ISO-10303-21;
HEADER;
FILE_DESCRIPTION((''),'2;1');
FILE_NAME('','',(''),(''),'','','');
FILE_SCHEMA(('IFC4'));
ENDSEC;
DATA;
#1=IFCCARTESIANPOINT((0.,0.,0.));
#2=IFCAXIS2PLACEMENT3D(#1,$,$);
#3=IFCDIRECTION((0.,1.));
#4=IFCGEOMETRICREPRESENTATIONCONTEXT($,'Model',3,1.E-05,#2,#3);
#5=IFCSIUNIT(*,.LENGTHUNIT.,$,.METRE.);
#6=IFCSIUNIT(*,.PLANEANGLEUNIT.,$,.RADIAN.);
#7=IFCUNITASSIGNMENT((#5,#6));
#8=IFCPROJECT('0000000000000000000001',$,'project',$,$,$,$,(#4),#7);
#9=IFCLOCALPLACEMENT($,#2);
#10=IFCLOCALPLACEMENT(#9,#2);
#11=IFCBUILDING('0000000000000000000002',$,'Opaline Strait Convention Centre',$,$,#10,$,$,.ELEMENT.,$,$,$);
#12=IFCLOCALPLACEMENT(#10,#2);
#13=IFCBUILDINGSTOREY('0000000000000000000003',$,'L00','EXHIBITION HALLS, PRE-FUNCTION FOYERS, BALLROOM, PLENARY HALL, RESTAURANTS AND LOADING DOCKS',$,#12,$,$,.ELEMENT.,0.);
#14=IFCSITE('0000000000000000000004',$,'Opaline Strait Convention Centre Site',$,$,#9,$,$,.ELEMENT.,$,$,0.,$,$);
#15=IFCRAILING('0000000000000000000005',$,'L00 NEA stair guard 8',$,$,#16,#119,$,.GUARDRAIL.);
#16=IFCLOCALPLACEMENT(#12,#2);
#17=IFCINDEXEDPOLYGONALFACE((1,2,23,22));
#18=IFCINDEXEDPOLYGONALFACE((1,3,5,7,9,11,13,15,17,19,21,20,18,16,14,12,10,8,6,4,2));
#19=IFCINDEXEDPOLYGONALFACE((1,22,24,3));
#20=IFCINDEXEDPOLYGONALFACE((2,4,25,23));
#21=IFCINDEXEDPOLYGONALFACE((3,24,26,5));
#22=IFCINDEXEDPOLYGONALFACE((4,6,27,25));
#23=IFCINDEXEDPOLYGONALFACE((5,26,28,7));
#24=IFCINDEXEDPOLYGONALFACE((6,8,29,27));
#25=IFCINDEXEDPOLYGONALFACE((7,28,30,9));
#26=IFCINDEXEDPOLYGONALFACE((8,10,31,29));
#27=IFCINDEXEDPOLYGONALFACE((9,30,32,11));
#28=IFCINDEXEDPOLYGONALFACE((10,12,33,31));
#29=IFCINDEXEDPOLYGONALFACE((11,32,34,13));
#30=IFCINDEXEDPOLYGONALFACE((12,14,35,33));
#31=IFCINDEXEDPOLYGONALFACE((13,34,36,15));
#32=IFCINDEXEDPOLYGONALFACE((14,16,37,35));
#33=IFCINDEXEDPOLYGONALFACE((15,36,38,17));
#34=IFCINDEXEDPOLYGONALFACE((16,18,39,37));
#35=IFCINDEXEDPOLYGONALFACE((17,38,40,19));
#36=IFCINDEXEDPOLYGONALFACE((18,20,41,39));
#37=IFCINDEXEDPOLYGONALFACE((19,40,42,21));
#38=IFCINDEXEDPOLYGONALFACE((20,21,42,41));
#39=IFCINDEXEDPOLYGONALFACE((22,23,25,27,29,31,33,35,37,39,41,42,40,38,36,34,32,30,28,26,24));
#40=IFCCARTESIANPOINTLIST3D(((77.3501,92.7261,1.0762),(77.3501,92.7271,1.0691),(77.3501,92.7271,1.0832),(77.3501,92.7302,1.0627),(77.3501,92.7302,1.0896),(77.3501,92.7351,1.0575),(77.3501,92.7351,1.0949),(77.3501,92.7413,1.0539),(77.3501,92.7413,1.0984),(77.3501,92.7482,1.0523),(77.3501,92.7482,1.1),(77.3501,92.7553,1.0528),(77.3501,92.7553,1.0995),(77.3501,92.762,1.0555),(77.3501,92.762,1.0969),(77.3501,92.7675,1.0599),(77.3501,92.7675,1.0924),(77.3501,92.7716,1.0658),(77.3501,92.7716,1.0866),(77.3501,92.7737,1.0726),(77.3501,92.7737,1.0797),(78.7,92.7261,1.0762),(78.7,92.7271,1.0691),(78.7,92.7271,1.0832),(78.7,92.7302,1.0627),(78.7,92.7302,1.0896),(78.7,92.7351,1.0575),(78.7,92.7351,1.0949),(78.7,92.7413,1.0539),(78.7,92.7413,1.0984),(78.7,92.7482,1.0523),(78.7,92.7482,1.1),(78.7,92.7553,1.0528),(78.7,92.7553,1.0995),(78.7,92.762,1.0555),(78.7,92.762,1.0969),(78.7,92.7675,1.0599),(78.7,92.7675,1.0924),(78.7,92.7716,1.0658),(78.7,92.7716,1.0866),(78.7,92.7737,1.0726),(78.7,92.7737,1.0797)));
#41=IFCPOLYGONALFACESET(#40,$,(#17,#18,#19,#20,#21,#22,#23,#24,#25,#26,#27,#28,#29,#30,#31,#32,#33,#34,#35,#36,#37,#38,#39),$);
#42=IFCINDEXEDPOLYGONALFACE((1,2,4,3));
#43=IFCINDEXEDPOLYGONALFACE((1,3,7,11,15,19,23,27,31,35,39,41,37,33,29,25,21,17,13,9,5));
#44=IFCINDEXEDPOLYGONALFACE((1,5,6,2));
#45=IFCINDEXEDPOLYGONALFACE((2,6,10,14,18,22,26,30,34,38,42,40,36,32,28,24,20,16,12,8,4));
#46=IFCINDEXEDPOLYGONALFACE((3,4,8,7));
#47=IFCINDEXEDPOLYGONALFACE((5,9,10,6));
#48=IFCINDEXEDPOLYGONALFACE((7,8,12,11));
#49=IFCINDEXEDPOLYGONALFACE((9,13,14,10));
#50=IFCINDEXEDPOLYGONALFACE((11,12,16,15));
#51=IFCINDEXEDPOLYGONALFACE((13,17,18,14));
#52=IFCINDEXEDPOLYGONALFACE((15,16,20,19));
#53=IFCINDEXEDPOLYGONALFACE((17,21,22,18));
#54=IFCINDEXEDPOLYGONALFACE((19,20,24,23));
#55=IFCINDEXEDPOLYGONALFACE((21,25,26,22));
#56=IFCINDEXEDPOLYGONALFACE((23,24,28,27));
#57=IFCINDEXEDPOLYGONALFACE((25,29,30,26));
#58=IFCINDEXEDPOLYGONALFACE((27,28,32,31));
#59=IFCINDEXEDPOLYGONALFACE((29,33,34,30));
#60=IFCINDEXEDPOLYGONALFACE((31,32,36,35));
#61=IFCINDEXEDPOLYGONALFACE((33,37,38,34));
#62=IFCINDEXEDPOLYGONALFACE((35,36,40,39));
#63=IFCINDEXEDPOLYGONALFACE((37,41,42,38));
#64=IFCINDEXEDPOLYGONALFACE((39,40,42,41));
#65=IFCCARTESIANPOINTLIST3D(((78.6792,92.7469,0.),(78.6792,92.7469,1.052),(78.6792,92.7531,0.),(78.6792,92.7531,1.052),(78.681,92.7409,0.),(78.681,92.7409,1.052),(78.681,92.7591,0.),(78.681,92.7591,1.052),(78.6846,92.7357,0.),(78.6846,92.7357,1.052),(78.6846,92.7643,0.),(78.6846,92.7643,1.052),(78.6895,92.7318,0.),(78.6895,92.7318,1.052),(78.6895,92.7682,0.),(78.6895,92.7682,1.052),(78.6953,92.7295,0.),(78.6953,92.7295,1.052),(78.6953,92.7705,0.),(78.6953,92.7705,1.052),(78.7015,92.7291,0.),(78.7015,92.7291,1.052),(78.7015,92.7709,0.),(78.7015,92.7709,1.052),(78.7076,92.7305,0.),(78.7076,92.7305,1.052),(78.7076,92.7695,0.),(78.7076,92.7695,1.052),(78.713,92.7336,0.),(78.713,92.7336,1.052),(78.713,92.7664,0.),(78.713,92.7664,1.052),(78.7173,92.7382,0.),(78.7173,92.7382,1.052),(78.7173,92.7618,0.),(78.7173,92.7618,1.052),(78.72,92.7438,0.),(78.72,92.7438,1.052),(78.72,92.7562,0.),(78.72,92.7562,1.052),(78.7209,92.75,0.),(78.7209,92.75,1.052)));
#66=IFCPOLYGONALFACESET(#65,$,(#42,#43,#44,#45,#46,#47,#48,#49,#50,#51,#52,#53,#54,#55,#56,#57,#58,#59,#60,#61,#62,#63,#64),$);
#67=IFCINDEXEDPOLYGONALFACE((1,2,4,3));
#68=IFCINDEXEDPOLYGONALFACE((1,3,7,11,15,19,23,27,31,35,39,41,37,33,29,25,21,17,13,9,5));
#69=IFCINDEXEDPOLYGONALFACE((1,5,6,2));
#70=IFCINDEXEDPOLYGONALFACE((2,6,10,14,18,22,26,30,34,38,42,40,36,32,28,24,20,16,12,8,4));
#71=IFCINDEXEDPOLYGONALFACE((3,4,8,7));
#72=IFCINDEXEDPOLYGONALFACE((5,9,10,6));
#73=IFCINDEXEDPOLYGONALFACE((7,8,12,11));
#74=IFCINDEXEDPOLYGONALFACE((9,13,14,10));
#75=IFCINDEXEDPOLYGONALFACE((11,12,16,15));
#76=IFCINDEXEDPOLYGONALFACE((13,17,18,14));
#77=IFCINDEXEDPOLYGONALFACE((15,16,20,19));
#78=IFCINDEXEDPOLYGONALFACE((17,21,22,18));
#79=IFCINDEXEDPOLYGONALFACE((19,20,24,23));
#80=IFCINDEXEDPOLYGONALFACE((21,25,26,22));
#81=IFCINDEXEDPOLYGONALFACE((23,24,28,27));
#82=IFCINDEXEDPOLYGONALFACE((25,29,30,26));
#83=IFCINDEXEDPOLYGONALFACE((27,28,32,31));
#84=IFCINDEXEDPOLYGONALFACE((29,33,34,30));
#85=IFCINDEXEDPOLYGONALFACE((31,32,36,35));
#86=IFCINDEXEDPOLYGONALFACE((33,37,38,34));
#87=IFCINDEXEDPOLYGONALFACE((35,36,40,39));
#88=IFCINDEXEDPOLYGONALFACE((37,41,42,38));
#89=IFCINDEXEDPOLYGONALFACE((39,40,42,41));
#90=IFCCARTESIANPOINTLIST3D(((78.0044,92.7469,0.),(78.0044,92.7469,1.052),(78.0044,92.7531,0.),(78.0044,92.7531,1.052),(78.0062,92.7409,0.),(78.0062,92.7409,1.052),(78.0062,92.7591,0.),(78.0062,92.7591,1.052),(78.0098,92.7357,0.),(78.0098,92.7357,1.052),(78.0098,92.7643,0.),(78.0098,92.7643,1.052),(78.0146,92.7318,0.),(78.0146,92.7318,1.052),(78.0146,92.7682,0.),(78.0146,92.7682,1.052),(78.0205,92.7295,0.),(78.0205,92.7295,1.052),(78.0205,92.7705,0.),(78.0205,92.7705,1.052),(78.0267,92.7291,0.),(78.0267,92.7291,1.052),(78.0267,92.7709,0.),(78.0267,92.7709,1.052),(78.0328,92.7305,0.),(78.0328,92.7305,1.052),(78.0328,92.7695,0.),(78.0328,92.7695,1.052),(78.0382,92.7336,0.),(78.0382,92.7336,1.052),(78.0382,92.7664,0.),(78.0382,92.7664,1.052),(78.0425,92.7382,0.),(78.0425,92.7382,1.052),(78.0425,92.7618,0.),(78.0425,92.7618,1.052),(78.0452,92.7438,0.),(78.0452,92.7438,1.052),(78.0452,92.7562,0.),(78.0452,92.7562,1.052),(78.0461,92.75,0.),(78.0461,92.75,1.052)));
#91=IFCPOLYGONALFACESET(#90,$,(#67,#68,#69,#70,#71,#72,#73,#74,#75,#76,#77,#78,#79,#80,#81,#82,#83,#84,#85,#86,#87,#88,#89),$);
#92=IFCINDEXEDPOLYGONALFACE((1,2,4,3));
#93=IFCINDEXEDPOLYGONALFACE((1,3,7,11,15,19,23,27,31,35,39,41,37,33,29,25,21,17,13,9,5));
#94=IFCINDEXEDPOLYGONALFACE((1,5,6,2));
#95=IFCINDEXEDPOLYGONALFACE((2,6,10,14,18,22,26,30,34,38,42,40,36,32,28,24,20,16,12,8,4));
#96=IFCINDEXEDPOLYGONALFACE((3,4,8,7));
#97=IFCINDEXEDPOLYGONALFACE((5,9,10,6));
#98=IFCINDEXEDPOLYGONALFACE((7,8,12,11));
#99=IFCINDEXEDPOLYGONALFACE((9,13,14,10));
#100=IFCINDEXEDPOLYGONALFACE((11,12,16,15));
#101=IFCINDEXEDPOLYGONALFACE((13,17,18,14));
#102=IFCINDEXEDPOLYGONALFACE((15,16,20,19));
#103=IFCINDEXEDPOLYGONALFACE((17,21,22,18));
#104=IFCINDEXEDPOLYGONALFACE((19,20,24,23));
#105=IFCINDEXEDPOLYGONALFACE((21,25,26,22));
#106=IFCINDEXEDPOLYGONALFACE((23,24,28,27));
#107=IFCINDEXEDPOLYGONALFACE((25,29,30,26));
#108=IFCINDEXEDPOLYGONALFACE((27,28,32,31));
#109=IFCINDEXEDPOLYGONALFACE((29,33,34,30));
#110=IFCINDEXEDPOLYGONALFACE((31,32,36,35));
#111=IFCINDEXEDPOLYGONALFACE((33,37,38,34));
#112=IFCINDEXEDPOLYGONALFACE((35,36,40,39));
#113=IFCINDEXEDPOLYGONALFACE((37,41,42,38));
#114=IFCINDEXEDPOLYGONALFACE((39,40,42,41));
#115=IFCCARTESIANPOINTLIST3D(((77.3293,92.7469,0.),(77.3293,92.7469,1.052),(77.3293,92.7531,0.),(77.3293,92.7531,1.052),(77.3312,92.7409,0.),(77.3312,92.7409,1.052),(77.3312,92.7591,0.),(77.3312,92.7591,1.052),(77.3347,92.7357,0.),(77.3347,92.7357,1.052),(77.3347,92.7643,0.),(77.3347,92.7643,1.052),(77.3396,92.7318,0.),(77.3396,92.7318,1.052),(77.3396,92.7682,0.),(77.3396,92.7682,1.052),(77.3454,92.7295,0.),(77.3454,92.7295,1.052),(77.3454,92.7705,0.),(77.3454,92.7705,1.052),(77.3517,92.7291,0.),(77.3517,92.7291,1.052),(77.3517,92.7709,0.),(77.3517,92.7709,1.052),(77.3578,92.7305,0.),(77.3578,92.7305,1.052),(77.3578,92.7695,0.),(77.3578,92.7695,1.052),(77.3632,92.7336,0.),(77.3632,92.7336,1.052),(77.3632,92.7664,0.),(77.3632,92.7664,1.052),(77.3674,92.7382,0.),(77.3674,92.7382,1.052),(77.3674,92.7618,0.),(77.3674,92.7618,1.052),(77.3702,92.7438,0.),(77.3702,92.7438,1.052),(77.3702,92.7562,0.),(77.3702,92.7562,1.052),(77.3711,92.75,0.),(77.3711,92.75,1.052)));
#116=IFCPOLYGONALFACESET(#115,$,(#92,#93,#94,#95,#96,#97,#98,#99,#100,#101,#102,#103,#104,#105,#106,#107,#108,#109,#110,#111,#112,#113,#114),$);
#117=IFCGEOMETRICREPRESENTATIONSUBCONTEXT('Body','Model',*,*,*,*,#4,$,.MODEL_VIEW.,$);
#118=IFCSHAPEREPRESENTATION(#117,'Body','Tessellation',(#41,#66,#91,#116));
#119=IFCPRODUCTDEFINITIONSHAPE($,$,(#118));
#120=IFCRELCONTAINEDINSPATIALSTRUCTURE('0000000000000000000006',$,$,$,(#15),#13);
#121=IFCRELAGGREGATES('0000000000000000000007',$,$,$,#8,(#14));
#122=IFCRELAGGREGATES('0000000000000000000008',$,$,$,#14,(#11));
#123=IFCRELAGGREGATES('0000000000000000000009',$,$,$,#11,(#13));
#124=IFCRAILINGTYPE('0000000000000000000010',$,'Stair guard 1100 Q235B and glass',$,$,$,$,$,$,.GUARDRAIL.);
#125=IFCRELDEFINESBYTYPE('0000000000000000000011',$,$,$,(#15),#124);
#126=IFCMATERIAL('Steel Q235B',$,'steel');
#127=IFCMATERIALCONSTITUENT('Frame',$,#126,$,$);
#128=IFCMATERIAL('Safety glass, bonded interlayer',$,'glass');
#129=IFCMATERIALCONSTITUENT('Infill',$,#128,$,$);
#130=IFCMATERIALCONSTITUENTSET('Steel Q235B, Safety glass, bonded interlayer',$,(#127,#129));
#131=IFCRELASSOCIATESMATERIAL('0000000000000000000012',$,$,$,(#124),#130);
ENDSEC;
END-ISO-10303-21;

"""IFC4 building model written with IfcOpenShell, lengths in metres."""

from ifc_helpers import new_model, si_unit, direction, frame, origin, origin_2d, place, context, subcontext, project, spatial, circle, extrude, material, constituent, constituent_set, type_object, element, save


model = new_model("IFC4")

# Units and contexts
model_context = context("Model", 3, precision=1e-05, world=origin(), true_north=direction((0.0, 1.0)))
body_context = subcontext(model_context, "Body", "Model", "MODEL_VIEW")
ifc_project = project(units=[si_unit("LENGTHUNIT", "METRE"), si_unit("PLANEANGLEUNIT", "RADIAN")], contexts=[model_context])

# Site, building, storey
site_placement = place(None, origin())
site = spatial("IfcSite", under=ifc_project, at=site_placement, Name="Opaline Strait Convention Centre Site", CompositionType="ELEMENT", RefElevation=0.0)
building_placement = place(site_placement, origin())
building = spatial("IfcBuilding", under=site, at=building_placement, Name="Opaline Strait Convention Centre", CompositionType="ELEMENT")
storey_placement = place(building_placement, origin())
storey = spatial("IfcBuildingStorey", under=building, at=storey_placement, Name="L00", Description="EXHIBITION HALLS, PRE-FUNCTION FOYERS, BALLROOM, PLENARY HALL, RESTAURANTS AND LOADING DOCKS", CompositionType="ELEMENT", Elevation=0.0)

# Railing
ifc_material_1 = material(Name="Steel Q235B", Category="steel")
ifc_constituent_1 = constituent(ifc_material_1, Name="Frame")
ifc_material_2 = material(Name="Safety glass, bonded interlayer", Category="glass")
ifc_constituent_2 = constituent(ifc_material_2, Name="Infill")
ifc_constituent_set = constituent_set(constituents=[ifc_constituent_1, ifc_constituent_2], Name="Steel Q235B, Safety glass, bonded interlayer")
railing_type_1 = type_object("IfcRailingType", Name="Stair guard 1100 Q235B and glass", PredefinedType="GUARDRAIL", material=ifc_constituent_set)
railing_1_placement = place(storey_placement, frame((78.7, 92.75, 0.0)))
element("IfcRailing", 1, at=railing_1_placement, inside=storey, type_object=railing_type_1, Name="L00 NEA stair guard 8", PredefinedType="GUARDRAIL", context=body_context, shape_type="SweptSolid", body=[
    extrude(circle(Radius=0.0239, at=origin_2d()), frame((0.0, 0.0, 1.0762), z_axis=(-1.0, 0.0, 0.0), x_axis=(0.0, -1.0, 0.0)), (0.0, 0.0, 1.0), 1.3499),
    extrude(circle(Radius=0.021, at=origin_2d()), origin(), (0.0, 0.0, 1.0), 1.052),
    extrude(circle(Radius=0.021, at=origin_2d()), frame((-0.6748, 0.0, 0.0)), (0.0, 0.0, 1.0), 1.052),
    extrude(circle(Radius=0.021, at=origin_2d()), frame((-1.3499, 0.0, 0.0)), (0.0, 0.0, 1.0), 1.052),
])

save(model, "model.ifc")
